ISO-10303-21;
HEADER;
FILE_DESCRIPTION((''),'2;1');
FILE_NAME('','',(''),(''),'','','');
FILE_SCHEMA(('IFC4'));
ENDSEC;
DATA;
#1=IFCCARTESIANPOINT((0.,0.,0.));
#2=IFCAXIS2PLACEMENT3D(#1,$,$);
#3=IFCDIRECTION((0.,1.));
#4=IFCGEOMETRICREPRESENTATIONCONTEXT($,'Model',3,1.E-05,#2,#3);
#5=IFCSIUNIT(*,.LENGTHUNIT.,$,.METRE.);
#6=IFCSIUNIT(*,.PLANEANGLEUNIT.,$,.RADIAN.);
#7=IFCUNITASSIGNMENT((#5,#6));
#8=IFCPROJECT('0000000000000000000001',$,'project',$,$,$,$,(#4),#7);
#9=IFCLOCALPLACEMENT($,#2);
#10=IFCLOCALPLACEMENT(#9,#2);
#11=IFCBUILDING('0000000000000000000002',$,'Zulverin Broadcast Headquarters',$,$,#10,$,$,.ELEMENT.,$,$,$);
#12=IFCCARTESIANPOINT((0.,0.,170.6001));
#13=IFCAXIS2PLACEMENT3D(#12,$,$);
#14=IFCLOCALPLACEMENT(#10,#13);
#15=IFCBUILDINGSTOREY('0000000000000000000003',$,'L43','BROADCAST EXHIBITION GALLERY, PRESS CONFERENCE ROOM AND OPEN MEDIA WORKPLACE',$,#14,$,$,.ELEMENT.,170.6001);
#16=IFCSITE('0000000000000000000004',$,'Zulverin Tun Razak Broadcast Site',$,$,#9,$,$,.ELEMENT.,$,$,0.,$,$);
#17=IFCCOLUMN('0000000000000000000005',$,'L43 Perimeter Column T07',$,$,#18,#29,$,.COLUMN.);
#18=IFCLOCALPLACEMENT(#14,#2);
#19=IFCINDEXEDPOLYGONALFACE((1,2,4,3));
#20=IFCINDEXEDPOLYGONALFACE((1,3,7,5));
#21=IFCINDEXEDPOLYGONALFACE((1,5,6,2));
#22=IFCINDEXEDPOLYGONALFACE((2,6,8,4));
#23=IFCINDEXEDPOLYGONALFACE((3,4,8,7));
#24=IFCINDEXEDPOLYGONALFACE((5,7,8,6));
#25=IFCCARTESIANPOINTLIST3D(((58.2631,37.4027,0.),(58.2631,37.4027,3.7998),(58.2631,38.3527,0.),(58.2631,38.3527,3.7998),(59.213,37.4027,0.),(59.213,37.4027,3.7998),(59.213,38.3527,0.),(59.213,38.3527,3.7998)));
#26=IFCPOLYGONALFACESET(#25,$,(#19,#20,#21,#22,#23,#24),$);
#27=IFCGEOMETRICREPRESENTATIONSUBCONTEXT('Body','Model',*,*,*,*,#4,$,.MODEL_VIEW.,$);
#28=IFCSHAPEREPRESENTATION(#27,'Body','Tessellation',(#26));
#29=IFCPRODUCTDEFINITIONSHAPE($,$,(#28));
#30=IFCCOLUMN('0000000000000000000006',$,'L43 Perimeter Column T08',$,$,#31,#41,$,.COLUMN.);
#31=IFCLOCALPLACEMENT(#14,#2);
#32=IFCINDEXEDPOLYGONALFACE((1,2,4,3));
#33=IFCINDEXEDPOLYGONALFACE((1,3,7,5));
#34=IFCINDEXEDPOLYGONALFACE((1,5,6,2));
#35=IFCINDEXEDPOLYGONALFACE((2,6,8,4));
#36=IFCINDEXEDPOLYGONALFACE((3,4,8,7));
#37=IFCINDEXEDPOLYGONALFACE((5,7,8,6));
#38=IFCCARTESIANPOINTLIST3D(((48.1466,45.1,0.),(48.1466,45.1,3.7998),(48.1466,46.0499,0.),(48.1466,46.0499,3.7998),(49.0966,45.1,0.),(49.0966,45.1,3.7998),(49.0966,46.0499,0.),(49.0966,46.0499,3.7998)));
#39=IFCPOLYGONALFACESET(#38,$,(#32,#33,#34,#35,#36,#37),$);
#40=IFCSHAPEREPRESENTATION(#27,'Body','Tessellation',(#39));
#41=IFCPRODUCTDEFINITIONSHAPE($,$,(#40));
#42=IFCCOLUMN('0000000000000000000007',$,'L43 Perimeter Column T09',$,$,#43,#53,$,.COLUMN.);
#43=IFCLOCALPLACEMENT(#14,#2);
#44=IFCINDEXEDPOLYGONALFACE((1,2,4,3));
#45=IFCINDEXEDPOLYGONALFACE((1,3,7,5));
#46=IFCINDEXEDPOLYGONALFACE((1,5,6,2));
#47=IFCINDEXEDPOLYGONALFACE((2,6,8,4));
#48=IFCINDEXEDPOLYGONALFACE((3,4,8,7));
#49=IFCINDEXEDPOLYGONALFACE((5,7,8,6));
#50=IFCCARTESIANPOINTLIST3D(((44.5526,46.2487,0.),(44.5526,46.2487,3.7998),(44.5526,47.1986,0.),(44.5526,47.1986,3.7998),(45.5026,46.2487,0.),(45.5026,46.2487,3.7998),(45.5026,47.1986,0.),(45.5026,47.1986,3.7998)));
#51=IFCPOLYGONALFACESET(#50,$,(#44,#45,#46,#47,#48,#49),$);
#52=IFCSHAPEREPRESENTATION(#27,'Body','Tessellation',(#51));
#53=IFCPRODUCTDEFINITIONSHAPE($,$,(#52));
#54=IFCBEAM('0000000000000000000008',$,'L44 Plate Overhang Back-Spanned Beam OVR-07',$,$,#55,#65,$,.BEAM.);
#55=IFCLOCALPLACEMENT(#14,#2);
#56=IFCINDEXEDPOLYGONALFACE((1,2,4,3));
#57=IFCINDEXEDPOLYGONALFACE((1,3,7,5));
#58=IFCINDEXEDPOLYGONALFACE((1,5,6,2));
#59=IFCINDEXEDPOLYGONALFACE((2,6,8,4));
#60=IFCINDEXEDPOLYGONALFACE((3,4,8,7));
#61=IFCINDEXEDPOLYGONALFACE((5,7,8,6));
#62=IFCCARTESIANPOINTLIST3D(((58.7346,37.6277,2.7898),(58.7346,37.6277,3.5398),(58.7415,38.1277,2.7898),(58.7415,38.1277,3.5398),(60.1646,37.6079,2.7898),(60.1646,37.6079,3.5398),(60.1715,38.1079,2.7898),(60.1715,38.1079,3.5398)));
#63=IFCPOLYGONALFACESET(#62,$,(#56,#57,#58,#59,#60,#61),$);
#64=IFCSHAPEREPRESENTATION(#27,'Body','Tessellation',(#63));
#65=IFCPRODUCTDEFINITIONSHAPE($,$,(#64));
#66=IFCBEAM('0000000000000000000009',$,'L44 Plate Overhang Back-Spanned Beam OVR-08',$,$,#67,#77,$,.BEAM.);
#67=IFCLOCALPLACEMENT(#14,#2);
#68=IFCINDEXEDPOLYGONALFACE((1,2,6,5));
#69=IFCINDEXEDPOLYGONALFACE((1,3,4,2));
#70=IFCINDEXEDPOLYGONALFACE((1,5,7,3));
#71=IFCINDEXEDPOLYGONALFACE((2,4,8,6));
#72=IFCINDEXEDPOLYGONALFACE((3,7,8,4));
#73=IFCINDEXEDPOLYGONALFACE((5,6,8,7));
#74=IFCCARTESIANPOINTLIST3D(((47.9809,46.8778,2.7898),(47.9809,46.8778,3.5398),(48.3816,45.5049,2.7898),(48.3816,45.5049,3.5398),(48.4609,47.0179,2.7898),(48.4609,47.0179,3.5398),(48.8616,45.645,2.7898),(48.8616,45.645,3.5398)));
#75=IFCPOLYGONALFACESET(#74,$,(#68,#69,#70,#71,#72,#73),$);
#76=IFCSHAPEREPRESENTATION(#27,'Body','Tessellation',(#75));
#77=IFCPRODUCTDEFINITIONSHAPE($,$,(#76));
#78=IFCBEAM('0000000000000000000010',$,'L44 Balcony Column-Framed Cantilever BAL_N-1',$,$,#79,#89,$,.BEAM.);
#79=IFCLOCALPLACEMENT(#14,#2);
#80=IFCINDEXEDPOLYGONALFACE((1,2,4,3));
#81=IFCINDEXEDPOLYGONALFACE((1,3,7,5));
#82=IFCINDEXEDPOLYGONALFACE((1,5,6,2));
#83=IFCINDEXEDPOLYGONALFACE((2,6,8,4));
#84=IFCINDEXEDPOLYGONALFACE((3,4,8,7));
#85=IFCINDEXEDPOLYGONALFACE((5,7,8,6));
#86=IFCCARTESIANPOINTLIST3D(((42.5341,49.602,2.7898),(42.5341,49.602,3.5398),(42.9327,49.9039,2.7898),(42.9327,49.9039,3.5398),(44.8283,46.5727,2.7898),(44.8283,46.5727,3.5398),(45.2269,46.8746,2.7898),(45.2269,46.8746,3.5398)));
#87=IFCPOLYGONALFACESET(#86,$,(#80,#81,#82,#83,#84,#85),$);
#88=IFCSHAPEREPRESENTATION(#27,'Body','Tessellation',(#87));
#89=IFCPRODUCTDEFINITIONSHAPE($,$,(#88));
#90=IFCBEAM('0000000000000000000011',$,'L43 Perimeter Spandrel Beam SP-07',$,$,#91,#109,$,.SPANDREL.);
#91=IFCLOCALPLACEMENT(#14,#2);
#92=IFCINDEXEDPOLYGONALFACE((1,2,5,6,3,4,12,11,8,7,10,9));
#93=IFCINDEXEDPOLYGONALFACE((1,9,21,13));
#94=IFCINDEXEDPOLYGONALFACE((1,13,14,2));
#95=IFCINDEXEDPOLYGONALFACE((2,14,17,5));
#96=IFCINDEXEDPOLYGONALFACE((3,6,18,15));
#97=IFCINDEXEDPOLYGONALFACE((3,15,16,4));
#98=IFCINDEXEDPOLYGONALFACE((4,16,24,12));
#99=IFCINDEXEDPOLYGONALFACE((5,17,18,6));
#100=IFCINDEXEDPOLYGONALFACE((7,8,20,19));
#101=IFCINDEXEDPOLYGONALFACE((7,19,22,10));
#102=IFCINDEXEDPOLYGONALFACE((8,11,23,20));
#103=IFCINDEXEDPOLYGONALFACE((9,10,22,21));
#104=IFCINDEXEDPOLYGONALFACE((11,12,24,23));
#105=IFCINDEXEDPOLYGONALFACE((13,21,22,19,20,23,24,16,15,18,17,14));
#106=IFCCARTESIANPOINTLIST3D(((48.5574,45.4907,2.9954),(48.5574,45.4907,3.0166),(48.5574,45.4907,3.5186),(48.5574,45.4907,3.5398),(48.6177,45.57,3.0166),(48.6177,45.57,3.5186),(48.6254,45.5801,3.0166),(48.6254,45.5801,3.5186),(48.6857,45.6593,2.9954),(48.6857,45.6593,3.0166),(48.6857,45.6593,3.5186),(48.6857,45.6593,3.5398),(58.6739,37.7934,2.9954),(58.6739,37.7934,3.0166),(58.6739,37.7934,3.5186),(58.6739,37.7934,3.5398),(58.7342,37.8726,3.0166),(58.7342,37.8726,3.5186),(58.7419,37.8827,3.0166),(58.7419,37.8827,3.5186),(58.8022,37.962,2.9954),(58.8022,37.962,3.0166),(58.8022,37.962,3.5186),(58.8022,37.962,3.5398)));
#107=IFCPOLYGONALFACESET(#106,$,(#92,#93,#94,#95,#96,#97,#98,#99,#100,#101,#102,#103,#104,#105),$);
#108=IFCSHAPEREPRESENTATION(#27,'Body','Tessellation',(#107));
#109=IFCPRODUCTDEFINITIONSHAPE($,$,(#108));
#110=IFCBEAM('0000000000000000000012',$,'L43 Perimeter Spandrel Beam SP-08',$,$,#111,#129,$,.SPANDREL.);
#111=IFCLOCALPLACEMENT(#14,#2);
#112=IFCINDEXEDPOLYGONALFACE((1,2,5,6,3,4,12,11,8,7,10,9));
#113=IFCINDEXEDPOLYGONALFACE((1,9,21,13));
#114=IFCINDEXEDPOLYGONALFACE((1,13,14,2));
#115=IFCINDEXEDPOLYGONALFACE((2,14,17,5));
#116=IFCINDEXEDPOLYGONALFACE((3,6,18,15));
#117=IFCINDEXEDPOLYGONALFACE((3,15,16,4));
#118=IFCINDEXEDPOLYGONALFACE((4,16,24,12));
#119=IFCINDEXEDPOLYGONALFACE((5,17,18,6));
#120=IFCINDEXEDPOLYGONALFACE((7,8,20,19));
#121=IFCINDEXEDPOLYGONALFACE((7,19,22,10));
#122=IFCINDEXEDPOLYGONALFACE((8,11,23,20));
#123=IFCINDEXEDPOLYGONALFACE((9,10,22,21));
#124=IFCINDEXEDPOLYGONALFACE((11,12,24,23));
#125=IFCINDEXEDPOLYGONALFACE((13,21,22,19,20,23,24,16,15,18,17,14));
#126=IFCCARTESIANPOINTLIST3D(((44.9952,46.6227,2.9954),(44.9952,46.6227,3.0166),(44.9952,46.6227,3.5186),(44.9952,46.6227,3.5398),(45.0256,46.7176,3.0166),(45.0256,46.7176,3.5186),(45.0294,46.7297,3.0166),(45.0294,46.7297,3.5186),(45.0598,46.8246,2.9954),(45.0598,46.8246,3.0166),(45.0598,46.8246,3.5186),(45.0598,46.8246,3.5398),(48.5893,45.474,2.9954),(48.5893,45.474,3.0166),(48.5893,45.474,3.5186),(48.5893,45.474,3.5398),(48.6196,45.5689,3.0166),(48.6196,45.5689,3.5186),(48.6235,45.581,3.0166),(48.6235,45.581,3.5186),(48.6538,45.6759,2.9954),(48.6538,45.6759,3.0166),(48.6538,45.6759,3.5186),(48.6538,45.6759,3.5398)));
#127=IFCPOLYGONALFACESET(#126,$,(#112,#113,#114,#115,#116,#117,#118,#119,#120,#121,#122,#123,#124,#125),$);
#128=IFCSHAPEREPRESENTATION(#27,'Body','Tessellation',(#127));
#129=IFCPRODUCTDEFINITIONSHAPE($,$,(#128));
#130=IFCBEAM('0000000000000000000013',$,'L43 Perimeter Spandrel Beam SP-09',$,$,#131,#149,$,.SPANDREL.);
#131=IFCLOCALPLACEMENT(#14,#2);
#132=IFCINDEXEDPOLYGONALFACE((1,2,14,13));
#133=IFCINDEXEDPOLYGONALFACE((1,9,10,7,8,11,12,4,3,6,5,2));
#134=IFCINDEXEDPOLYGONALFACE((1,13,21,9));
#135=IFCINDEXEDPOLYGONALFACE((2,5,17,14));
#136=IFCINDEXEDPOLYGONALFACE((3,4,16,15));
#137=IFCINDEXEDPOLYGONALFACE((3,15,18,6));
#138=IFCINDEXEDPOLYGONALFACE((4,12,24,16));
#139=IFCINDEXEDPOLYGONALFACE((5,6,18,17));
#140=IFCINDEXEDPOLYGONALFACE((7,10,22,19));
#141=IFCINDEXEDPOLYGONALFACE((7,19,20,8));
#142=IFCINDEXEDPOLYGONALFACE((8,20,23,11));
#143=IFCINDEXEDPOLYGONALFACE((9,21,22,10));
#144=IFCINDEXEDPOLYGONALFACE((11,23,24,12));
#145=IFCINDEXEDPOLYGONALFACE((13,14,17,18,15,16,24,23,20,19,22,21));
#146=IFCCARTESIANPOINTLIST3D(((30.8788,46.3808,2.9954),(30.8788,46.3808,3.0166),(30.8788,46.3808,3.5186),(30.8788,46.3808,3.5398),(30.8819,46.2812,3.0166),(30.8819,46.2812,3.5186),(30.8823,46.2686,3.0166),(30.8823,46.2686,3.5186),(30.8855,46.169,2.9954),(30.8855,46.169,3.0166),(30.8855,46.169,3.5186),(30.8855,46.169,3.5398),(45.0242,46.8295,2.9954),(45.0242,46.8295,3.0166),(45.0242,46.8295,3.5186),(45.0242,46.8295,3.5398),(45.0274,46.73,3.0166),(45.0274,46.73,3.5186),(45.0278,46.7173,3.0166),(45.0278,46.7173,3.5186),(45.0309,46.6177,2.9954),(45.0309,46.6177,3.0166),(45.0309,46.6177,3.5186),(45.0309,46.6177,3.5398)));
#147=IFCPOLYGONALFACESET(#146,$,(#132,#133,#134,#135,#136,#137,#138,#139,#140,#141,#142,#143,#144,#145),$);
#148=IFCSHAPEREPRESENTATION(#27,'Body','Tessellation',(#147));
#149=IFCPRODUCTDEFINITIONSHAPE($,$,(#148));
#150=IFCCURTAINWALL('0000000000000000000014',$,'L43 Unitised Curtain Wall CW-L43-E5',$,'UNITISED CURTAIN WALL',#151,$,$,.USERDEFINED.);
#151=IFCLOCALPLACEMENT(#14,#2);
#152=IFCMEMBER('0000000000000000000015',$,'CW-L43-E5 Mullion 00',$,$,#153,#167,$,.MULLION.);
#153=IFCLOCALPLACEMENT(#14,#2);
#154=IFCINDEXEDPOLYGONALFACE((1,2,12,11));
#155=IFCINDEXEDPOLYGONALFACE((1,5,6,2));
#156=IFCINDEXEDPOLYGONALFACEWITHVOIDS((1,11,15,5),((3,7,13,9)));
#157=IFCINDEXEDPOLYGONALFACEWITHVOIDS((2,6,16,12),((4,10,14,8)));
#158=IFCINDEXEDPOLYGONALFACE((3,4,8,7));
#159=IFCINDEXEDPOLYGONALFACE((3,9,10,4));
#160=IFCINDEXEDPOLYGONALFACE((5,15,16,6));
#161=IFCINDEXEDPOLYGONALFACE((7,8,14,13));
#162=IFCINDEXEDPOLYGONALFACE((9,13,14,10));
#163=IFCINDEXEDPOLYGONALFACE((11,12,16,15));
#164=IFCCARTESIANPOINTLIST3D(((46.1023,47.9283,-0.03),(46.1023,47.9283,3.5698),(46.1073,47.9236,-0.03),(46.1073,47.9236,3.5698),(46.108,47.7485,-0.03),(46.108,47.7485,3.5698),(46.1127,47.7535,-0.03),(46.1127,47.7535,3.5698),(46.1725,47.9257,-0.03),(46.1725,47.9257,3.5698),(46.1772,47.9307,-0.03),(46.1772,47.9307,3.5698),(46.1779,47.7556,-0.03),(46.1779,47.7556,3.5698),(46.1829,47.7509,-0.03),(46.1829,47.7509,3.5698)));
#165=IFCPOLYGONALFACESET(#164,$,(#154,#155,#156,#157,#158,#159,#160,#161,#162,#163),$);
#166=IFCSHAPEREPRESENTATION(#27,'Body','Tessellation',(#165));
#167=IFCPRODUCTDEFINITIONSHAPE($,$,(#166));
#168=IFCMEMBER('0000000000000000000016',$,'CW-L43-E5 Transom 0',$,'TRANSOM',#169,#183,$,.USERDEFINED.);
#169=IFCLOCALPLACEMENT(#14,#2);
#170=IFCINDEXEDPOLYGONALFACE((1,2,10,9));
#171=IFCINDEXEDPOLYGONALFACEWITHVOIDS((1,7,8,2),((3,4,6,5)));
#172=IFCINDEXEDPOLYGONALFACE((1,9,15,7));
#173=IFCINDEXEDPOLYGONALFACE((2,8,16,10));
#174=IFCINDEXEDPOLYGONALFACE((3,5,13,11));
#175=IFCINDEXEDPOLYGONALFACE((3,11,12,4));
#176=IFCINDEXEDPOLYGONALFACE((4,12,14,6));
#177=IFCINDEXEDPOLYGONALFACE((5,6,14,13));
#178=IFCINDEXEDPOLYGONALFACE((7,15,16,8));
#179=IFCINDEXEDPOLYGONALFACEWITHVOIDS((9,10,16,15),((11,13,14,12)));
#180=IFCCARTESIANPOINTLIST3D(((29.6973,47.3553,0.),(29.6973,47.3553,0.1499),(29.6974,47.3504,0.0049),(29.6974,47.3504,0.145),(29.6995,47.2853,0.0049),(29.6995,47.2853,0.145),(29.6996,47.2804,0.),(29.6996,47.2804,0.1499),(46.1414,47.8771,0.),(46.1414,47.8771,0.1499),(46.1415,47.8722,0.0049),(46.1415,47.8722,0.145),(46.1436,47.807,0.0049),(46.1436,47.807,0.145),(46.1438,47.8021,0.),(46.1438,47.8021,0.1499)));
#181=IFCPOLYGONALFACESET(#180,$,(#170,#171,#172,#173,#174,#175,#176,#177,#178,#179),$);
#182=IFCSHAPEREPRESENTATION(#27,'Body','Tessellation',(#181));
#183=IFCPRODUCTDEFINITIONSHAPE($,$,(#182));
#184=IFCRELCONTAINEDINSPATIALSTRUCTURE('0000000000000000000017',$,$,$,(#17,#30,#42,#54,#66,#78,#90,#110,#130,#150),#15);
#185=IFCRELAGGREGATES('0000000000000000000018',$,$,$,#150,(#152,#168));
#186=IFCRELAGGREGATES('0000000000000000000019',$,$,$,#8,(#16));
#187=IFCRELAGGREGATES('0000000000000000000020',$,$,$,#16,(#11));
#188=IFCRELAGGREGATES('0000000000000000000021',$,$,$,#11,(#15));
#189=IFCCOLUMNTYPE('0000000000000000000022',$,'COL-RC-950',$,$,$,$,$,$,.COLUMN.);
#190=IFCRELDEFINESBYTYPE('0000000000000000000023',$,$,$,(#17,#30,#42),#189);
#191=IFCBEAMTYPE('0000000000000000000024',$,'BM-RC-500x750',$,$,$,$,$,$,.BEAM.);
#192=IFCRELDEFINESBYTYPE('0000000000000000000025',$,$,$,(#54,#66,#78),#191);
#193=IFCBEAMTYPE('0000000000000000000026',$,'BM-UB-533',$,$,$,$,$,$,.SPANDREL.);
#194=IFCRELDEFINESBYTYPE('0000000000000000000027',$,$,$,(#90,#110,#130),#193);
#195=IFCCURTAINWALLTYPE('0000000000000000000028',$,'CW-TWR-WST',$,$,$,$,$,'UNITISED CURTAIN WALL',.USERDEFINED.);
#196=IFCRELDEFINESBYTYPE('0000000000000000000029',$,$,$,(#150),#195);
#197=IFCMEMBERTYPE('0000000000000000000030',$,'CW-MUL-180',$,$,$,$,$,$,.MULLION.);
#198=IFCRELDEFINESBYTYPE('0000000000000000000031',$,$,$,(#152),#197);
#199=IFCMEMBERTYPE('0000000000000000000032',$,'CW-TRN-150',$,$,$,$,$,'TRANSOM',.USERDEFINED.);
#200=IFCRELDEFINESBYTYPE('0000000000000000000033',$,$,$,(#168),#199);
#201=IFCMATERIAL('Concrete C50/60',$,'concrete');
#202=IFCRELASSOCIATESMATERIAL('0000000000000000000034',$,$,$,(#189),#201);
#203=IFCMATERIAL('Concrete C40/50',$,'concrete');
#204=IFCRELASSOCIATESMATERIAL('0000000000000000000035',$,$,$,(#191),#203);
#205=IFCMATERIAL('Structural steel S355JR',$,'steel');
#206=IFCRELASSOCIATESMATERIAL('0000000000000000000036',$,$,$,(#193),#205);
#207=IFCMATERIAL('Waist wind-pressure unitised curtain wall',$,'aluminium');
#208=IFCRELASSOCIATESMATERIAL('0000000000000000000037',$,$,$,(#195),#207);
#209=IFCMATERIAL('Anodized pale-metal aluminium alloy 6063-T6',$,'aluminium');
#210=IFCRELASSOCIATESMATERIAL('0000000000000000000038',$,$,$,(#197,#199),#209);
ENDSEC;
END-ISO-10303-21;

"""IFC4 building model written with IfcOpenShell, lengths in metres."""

from ifc_helpers import new_model, si_unit, direction, frame, origin, origin_2d, place, context, subcontext, project, spatial, rectangle, hollow_rectangle, i_section, extrude, material, material_profile, profile_set, type_object, element, aggregate, save


model = new_model("IFC4")

# Units and contexts
model_context = context("Model", 3, precision=1e-05, world=origin(), true_north=direction((0.0, 1.0)))
body_context = subcontext(model_context, "Body", "Model", "MODEL_VIEW")
ifc_project = project(units=[si_unit("LENGTHUNIT", "METRE"), si_unit("PLANEANGLEUNIT", "RADIAN")], contexts=[model_context])

# Site, building, storey
site_placement = place(None, origin())
site = spatial("IfcSite", under=ifc_project, at=site_placement, Name="Zulverin Tun Razak Broadcast Site", CompositionType="ELEMENT", RefElevation=0.0)
building_placement = place(site_placement, origin())
building = spatial("IfcBuilding", under=site, at=building_placement, Name="Zulverin Broadcast Headquarters", CompositionType="ELEMENT")
storey_placement = place(building_placement, frame((0.0, 0.0, 170.6001)))
storey = spatial("IfcBuildingStorey", under=building, at=storey_placement, Name="L43", Description="BROADCAST EXHIBITION GALLERY, PRESS CONFERENCE ROOM AND OPEN MEDIA WORKPLACE", CompositionType="ELEMENT", Elevation=170.6001)

# Columns
ifc_material_1 = material(Name="Concrete C50/60", Category="concrete")
ifc_material_profile_1 = material_profile(ifc_material_1, rectangle(XDim=0.95, YDim=0.95, at=origin_2d()), Name="Concrete C50/60", Category="concrete")
ifc_profile_set_1 = profile_set([ifc_material_profile_1], Name="Concrete C50/60")
column_type = type_object("IfcColumnType", Name="COL-RC-950", PredefinedType="COLUMN", material=ifc_profile_set_1)
for number, where, z_axis, x_axis, name in (
    (1, (58.738, 37.8777, 0.0), (0.0, 0.0, 1.0), (1.0, 0.0, 0.0), "L43 Perimeter Column T07"),
    (2, (48.6216, 45.575, 0.0), (0.0, 0.0, 1.0), (1.0, 0.0, 0.0), "L43 Perimeter Column T08"),
    (3, (45.0276, 46.7236, 0.0), (0.0, 0.0, 1.0), (1.0, 0.0, 0.0), "L43 Perimeter Column T09"),
):
    element("IfcColumn", number, at=place(storey_placement, frame(where, z_axis=z_axis, x_axis=x_axis)), inside=storey, type_object=column_type, Name=name, PredefinedType="COLUMN", context=body_context, shape_type="SweptSolid", body=[
        extrude(rectangle(XDim=0.95, YDim=0.95, at=origin_2d()), origin(), (0.0, 0.0, 1.0), 3.7998),
    ])

# Beams
ifc_material_2 = material(Name="Concrete C40/50", Category="concrete")
ifc_material_profile_2 = material_profile(ifc_material_2, rectangle(XDim=0.5, YDim=0.75, at=origin_2d()), Name="Concrete C40/50", Category="concrete")
ifc_profile_set_2 = profile_set([ifc_material_profile_2], Name="Concrete C40/50")
beam_type_1 = type_object("IfcBeamType", Name="BM-RC-500x750", PredefinedType="BEAM", material=ifc_profile_set_2)
for number, where, z_axis, x_axis, name in (
    (4, (58.738, 37.8777, 3.1648), (0.999904, -0.013828, 0.0), (0.013828, 0.999904, 0.0), "L44 Plate Overhang Back-Spanned Beam OVR-07"),
    (5, (48.6216, 45.575, 3.1648), (-0.280151, 0.959956, 0.0), (-0.959956, -0.280151, 0.0), "L44 Plate Overhang Back-Spanned Beam OVR-08"),
):
    element("IfcBeam", number, at=place(storey_placement, frame(where, z_axis=z_axis, x_axis=x_axis)), inside=storey, type_object=beam_type_1, Name=name, PredefinedType="BEAM", context=body_context, shape_type="SweptSolid", body=[
        extrude(rectangle(XDim=0.5, YDim=0.75, at=origin_2d()), origin(), (0.0, 0.0, 1.0), 1.4302),
    ])
beam_1_placement = place(storey_placement, frame((45.0276, 46.7236, 3.1648), z_axis=(-0.603735, 0.797185, 0.0), x_axis=(-0.797185, -0.603735, 0.0)))
element("IfcBeam", 6, at=beam_1_placement, inside=storey, type_object=beam_type_1, Name="L44 Balcony Column-Framed Cantilever BAL_N-1", PredefinedType="BEAM", context=body_context, shape_type="SweptSolid", body=[
    extrude(rectangle(XDim=0.5, YDim=0.75, at=origin_2d()), origin(), (0.0, 0.0, 1.0), 3.8),
])
ifc_material_3 = material(Name="Structural steel S355JR", Category="steel")
ifc_material_profile_3 = material_profile(ifc_material_3, i_section(OverallWidth=0.2119, OverallDepth=0.5444, WebThickness=0.0127, FlangeThickness=0.0212, at=origin_2d()), Name="Structural steel S355JR", Category="steel")
ifc_profile_set_3 = profile_set([ifc_material_profile_3], Name="Structural steel S355JR")
beam_type_2 = type_object("IfcBeamType", Name="BM-UB-533", PredefinedType="SPANDREL", material=ifc_profile_set_3)
beam_2_placement = place(storey_placement, frame((58.738, 37.8777, 3.2676), z_axis=(-0.79583, 0.60552, 0.0), x_axis=(-0.60552, -0.79583, 0.0)))
element("IfcBeam", 7, at=beam_2_placement, inside=storey, type_object=beam_type_2, Name="L43 Perimeter Spandrel Beam SP-07", PredefinedType="SPANDREL", context=body_context, shape_type="SweptSolid", body=[
    extrude(i_section(OverallWidth=0.2119, OverallDepth=0.5444, WebThickness=0.0127, FlangeThickness=0.0212, at=origin_2d()), origin(), (0.0, 0.0, 1.0), 12.7119),
])
beam_3_placement = place(storey_placement, frame((48.6216, 45.575, 3.2676), z_axis=(-0.952532, 0.30444, 0.0), x_axis=(-0.30444, -0.952532, 0.0)))
element("IfcBeam", 8, at=beam_3_placement, inside=storey, type_object=beam_type_2, Name="L43 Perimeter Spandrel Beam SP-08", PredefinedType="SPANDREL", context=body_context, shape_type="SweptSolid", body=[
    extrude(i_section(OverallWidth=0.2119, OverallDepth=0.5444, WebThickness=0.0127, FlangeThickness=0.0212, at=origin_2d()), origin(), (0.0, 0.0, 1.0), 3.7732),
])
beam_4_placement = place(storey_placement, frame((45.0276, 46.7236, 3.2676), z_axis=(-0.999497, -0.031707, 0.0), x_axis=(0.031707, -0.999497, 0.0)))
element("IfcBeam", 9, at=beam_4_placement, inside=storey, type_object=beam_type_2, Name="L43 Perimeter Spandrel Beam SP-09", PredefinedType="SPANDREL", context=body_context, shape_type="SweptSolid", body=[
    extrude(i_section(OverallWidth=0.2119, OverallDepth=0.5444, WebThickness=0.0127, FlangeThickness=0.0212, at=origin_2d()), origin(), (0.0, 0.0, 1.0), 14.1526),
])

# Curtain wall, members
ifc_material_4 = material(Name="Waist wind-pressure unitised curtain wall", Category="aluminium")
curtain_wall_type = type_object("IfcCurtainWallType", Name="CW-TWR-WST", ElementType="UNITISED CURTAIN WALL", PredefinedType="USERDEFINED", material=ifc_material_4)
curtain_wall_placement = place(storey_placement, origin())
curtain_wall = element("IfcCurtainWall", 10, at=curtain_wall_placement, inside=storey, type_object=curtain_wall_type, Name="L43 Unitised Curtain Wall CW-L43-E5", ObjectType="UNITISED CURTAIN WALL", PredefinedType="USERDEFINED")
ifc_material_5 = material(Name="Anodized pale-metal aluminium alloy 6063-T6", Category="aluminium")
ifc_material_profile_4 = material_profile(ifc_material_5, hollow_rectangle(XDim=0.075, YDim=0.1799, WallThickness=0.0049, at=origin_2d()), Name="Anodized pale-metal aluminium alloy 6063-T6", Category="aluminium")
ifc_profile_set_4 = profile_set([ifc_material_profile_4], Name="Anodized pale-metal aluminium alloy 6063-T6")
member_type_1 = type_object("IfcMemberType", Name="CW-MUL-180", PredefinedType="MULLION", material=ifc_profile_set_4)
member_1_placement = place(storey_placement, frame((46.1426, 47.8396, -0.03), z_axis=(0.0, 0.0, 1.0), x_axis=(-0.999497, -0.031709, 0.0)))
member_1 = element("IfcMember", 11, at=member_1_placement, type_object=member_type_1, Name="CW-L43-E5 Mullion 00", PredefinedType="MULLION", context=body_context, shape_type="SweptSolid", body=[
    extrude(hollow_rectangle(XDim=0.075, YDim=0.1799, WallThickness=0.0049, at=origin_2d()), origin(), (0.0, 0.0, 1.0), 3.5999),
])
ifc_material_profile_5 = material_profile(ifc_material_5, hollow_rectangle(XDim=0.075, YDim=0.1499, WallThickness=0.0049, at=origin_2d()), Name="Anodized pale-metal aluminium alloy 6063-T6", Category="aluminium")
ifc_profile_set_5 = profile_set([ifc_material_profile_5], Name="Anodized pale-metal aluminium alloy 6063-T6")
member_type_2 = type_object("IfcMemberType", Name="CW-TRN-150", ElementType="TRANSOM", PredefinedType="USERDEFINED", material=ifc_profile_set_5)
member_2_placement = place(storey_placement, frame((46.1426, 47.8396, 0.075), z_axis=(-0.999497, -0.031711, 0.0), x_axis=(0.031711, -0.999497, 0.0)))
member_2 = element("IfcMember", 12, at=member_2_placement, type_object=member_type_2, Name="CW-L43-E5 Transom 0", ObjectType="TRANSOM", PredefinedType="USERDEFINED", context=body_context, shape_type="SweptSolid", body=[
    extrude(hollow_rectangle(XDim=0.075, YDim=0.1499, WallThickness=0.0049, at=origin_2d()), origin(), (0.0, 0.0, 1.0), 16.4524),
])
aggregate(curtain_wall, [member_1, member_2])

save(model, "model.ifc")
